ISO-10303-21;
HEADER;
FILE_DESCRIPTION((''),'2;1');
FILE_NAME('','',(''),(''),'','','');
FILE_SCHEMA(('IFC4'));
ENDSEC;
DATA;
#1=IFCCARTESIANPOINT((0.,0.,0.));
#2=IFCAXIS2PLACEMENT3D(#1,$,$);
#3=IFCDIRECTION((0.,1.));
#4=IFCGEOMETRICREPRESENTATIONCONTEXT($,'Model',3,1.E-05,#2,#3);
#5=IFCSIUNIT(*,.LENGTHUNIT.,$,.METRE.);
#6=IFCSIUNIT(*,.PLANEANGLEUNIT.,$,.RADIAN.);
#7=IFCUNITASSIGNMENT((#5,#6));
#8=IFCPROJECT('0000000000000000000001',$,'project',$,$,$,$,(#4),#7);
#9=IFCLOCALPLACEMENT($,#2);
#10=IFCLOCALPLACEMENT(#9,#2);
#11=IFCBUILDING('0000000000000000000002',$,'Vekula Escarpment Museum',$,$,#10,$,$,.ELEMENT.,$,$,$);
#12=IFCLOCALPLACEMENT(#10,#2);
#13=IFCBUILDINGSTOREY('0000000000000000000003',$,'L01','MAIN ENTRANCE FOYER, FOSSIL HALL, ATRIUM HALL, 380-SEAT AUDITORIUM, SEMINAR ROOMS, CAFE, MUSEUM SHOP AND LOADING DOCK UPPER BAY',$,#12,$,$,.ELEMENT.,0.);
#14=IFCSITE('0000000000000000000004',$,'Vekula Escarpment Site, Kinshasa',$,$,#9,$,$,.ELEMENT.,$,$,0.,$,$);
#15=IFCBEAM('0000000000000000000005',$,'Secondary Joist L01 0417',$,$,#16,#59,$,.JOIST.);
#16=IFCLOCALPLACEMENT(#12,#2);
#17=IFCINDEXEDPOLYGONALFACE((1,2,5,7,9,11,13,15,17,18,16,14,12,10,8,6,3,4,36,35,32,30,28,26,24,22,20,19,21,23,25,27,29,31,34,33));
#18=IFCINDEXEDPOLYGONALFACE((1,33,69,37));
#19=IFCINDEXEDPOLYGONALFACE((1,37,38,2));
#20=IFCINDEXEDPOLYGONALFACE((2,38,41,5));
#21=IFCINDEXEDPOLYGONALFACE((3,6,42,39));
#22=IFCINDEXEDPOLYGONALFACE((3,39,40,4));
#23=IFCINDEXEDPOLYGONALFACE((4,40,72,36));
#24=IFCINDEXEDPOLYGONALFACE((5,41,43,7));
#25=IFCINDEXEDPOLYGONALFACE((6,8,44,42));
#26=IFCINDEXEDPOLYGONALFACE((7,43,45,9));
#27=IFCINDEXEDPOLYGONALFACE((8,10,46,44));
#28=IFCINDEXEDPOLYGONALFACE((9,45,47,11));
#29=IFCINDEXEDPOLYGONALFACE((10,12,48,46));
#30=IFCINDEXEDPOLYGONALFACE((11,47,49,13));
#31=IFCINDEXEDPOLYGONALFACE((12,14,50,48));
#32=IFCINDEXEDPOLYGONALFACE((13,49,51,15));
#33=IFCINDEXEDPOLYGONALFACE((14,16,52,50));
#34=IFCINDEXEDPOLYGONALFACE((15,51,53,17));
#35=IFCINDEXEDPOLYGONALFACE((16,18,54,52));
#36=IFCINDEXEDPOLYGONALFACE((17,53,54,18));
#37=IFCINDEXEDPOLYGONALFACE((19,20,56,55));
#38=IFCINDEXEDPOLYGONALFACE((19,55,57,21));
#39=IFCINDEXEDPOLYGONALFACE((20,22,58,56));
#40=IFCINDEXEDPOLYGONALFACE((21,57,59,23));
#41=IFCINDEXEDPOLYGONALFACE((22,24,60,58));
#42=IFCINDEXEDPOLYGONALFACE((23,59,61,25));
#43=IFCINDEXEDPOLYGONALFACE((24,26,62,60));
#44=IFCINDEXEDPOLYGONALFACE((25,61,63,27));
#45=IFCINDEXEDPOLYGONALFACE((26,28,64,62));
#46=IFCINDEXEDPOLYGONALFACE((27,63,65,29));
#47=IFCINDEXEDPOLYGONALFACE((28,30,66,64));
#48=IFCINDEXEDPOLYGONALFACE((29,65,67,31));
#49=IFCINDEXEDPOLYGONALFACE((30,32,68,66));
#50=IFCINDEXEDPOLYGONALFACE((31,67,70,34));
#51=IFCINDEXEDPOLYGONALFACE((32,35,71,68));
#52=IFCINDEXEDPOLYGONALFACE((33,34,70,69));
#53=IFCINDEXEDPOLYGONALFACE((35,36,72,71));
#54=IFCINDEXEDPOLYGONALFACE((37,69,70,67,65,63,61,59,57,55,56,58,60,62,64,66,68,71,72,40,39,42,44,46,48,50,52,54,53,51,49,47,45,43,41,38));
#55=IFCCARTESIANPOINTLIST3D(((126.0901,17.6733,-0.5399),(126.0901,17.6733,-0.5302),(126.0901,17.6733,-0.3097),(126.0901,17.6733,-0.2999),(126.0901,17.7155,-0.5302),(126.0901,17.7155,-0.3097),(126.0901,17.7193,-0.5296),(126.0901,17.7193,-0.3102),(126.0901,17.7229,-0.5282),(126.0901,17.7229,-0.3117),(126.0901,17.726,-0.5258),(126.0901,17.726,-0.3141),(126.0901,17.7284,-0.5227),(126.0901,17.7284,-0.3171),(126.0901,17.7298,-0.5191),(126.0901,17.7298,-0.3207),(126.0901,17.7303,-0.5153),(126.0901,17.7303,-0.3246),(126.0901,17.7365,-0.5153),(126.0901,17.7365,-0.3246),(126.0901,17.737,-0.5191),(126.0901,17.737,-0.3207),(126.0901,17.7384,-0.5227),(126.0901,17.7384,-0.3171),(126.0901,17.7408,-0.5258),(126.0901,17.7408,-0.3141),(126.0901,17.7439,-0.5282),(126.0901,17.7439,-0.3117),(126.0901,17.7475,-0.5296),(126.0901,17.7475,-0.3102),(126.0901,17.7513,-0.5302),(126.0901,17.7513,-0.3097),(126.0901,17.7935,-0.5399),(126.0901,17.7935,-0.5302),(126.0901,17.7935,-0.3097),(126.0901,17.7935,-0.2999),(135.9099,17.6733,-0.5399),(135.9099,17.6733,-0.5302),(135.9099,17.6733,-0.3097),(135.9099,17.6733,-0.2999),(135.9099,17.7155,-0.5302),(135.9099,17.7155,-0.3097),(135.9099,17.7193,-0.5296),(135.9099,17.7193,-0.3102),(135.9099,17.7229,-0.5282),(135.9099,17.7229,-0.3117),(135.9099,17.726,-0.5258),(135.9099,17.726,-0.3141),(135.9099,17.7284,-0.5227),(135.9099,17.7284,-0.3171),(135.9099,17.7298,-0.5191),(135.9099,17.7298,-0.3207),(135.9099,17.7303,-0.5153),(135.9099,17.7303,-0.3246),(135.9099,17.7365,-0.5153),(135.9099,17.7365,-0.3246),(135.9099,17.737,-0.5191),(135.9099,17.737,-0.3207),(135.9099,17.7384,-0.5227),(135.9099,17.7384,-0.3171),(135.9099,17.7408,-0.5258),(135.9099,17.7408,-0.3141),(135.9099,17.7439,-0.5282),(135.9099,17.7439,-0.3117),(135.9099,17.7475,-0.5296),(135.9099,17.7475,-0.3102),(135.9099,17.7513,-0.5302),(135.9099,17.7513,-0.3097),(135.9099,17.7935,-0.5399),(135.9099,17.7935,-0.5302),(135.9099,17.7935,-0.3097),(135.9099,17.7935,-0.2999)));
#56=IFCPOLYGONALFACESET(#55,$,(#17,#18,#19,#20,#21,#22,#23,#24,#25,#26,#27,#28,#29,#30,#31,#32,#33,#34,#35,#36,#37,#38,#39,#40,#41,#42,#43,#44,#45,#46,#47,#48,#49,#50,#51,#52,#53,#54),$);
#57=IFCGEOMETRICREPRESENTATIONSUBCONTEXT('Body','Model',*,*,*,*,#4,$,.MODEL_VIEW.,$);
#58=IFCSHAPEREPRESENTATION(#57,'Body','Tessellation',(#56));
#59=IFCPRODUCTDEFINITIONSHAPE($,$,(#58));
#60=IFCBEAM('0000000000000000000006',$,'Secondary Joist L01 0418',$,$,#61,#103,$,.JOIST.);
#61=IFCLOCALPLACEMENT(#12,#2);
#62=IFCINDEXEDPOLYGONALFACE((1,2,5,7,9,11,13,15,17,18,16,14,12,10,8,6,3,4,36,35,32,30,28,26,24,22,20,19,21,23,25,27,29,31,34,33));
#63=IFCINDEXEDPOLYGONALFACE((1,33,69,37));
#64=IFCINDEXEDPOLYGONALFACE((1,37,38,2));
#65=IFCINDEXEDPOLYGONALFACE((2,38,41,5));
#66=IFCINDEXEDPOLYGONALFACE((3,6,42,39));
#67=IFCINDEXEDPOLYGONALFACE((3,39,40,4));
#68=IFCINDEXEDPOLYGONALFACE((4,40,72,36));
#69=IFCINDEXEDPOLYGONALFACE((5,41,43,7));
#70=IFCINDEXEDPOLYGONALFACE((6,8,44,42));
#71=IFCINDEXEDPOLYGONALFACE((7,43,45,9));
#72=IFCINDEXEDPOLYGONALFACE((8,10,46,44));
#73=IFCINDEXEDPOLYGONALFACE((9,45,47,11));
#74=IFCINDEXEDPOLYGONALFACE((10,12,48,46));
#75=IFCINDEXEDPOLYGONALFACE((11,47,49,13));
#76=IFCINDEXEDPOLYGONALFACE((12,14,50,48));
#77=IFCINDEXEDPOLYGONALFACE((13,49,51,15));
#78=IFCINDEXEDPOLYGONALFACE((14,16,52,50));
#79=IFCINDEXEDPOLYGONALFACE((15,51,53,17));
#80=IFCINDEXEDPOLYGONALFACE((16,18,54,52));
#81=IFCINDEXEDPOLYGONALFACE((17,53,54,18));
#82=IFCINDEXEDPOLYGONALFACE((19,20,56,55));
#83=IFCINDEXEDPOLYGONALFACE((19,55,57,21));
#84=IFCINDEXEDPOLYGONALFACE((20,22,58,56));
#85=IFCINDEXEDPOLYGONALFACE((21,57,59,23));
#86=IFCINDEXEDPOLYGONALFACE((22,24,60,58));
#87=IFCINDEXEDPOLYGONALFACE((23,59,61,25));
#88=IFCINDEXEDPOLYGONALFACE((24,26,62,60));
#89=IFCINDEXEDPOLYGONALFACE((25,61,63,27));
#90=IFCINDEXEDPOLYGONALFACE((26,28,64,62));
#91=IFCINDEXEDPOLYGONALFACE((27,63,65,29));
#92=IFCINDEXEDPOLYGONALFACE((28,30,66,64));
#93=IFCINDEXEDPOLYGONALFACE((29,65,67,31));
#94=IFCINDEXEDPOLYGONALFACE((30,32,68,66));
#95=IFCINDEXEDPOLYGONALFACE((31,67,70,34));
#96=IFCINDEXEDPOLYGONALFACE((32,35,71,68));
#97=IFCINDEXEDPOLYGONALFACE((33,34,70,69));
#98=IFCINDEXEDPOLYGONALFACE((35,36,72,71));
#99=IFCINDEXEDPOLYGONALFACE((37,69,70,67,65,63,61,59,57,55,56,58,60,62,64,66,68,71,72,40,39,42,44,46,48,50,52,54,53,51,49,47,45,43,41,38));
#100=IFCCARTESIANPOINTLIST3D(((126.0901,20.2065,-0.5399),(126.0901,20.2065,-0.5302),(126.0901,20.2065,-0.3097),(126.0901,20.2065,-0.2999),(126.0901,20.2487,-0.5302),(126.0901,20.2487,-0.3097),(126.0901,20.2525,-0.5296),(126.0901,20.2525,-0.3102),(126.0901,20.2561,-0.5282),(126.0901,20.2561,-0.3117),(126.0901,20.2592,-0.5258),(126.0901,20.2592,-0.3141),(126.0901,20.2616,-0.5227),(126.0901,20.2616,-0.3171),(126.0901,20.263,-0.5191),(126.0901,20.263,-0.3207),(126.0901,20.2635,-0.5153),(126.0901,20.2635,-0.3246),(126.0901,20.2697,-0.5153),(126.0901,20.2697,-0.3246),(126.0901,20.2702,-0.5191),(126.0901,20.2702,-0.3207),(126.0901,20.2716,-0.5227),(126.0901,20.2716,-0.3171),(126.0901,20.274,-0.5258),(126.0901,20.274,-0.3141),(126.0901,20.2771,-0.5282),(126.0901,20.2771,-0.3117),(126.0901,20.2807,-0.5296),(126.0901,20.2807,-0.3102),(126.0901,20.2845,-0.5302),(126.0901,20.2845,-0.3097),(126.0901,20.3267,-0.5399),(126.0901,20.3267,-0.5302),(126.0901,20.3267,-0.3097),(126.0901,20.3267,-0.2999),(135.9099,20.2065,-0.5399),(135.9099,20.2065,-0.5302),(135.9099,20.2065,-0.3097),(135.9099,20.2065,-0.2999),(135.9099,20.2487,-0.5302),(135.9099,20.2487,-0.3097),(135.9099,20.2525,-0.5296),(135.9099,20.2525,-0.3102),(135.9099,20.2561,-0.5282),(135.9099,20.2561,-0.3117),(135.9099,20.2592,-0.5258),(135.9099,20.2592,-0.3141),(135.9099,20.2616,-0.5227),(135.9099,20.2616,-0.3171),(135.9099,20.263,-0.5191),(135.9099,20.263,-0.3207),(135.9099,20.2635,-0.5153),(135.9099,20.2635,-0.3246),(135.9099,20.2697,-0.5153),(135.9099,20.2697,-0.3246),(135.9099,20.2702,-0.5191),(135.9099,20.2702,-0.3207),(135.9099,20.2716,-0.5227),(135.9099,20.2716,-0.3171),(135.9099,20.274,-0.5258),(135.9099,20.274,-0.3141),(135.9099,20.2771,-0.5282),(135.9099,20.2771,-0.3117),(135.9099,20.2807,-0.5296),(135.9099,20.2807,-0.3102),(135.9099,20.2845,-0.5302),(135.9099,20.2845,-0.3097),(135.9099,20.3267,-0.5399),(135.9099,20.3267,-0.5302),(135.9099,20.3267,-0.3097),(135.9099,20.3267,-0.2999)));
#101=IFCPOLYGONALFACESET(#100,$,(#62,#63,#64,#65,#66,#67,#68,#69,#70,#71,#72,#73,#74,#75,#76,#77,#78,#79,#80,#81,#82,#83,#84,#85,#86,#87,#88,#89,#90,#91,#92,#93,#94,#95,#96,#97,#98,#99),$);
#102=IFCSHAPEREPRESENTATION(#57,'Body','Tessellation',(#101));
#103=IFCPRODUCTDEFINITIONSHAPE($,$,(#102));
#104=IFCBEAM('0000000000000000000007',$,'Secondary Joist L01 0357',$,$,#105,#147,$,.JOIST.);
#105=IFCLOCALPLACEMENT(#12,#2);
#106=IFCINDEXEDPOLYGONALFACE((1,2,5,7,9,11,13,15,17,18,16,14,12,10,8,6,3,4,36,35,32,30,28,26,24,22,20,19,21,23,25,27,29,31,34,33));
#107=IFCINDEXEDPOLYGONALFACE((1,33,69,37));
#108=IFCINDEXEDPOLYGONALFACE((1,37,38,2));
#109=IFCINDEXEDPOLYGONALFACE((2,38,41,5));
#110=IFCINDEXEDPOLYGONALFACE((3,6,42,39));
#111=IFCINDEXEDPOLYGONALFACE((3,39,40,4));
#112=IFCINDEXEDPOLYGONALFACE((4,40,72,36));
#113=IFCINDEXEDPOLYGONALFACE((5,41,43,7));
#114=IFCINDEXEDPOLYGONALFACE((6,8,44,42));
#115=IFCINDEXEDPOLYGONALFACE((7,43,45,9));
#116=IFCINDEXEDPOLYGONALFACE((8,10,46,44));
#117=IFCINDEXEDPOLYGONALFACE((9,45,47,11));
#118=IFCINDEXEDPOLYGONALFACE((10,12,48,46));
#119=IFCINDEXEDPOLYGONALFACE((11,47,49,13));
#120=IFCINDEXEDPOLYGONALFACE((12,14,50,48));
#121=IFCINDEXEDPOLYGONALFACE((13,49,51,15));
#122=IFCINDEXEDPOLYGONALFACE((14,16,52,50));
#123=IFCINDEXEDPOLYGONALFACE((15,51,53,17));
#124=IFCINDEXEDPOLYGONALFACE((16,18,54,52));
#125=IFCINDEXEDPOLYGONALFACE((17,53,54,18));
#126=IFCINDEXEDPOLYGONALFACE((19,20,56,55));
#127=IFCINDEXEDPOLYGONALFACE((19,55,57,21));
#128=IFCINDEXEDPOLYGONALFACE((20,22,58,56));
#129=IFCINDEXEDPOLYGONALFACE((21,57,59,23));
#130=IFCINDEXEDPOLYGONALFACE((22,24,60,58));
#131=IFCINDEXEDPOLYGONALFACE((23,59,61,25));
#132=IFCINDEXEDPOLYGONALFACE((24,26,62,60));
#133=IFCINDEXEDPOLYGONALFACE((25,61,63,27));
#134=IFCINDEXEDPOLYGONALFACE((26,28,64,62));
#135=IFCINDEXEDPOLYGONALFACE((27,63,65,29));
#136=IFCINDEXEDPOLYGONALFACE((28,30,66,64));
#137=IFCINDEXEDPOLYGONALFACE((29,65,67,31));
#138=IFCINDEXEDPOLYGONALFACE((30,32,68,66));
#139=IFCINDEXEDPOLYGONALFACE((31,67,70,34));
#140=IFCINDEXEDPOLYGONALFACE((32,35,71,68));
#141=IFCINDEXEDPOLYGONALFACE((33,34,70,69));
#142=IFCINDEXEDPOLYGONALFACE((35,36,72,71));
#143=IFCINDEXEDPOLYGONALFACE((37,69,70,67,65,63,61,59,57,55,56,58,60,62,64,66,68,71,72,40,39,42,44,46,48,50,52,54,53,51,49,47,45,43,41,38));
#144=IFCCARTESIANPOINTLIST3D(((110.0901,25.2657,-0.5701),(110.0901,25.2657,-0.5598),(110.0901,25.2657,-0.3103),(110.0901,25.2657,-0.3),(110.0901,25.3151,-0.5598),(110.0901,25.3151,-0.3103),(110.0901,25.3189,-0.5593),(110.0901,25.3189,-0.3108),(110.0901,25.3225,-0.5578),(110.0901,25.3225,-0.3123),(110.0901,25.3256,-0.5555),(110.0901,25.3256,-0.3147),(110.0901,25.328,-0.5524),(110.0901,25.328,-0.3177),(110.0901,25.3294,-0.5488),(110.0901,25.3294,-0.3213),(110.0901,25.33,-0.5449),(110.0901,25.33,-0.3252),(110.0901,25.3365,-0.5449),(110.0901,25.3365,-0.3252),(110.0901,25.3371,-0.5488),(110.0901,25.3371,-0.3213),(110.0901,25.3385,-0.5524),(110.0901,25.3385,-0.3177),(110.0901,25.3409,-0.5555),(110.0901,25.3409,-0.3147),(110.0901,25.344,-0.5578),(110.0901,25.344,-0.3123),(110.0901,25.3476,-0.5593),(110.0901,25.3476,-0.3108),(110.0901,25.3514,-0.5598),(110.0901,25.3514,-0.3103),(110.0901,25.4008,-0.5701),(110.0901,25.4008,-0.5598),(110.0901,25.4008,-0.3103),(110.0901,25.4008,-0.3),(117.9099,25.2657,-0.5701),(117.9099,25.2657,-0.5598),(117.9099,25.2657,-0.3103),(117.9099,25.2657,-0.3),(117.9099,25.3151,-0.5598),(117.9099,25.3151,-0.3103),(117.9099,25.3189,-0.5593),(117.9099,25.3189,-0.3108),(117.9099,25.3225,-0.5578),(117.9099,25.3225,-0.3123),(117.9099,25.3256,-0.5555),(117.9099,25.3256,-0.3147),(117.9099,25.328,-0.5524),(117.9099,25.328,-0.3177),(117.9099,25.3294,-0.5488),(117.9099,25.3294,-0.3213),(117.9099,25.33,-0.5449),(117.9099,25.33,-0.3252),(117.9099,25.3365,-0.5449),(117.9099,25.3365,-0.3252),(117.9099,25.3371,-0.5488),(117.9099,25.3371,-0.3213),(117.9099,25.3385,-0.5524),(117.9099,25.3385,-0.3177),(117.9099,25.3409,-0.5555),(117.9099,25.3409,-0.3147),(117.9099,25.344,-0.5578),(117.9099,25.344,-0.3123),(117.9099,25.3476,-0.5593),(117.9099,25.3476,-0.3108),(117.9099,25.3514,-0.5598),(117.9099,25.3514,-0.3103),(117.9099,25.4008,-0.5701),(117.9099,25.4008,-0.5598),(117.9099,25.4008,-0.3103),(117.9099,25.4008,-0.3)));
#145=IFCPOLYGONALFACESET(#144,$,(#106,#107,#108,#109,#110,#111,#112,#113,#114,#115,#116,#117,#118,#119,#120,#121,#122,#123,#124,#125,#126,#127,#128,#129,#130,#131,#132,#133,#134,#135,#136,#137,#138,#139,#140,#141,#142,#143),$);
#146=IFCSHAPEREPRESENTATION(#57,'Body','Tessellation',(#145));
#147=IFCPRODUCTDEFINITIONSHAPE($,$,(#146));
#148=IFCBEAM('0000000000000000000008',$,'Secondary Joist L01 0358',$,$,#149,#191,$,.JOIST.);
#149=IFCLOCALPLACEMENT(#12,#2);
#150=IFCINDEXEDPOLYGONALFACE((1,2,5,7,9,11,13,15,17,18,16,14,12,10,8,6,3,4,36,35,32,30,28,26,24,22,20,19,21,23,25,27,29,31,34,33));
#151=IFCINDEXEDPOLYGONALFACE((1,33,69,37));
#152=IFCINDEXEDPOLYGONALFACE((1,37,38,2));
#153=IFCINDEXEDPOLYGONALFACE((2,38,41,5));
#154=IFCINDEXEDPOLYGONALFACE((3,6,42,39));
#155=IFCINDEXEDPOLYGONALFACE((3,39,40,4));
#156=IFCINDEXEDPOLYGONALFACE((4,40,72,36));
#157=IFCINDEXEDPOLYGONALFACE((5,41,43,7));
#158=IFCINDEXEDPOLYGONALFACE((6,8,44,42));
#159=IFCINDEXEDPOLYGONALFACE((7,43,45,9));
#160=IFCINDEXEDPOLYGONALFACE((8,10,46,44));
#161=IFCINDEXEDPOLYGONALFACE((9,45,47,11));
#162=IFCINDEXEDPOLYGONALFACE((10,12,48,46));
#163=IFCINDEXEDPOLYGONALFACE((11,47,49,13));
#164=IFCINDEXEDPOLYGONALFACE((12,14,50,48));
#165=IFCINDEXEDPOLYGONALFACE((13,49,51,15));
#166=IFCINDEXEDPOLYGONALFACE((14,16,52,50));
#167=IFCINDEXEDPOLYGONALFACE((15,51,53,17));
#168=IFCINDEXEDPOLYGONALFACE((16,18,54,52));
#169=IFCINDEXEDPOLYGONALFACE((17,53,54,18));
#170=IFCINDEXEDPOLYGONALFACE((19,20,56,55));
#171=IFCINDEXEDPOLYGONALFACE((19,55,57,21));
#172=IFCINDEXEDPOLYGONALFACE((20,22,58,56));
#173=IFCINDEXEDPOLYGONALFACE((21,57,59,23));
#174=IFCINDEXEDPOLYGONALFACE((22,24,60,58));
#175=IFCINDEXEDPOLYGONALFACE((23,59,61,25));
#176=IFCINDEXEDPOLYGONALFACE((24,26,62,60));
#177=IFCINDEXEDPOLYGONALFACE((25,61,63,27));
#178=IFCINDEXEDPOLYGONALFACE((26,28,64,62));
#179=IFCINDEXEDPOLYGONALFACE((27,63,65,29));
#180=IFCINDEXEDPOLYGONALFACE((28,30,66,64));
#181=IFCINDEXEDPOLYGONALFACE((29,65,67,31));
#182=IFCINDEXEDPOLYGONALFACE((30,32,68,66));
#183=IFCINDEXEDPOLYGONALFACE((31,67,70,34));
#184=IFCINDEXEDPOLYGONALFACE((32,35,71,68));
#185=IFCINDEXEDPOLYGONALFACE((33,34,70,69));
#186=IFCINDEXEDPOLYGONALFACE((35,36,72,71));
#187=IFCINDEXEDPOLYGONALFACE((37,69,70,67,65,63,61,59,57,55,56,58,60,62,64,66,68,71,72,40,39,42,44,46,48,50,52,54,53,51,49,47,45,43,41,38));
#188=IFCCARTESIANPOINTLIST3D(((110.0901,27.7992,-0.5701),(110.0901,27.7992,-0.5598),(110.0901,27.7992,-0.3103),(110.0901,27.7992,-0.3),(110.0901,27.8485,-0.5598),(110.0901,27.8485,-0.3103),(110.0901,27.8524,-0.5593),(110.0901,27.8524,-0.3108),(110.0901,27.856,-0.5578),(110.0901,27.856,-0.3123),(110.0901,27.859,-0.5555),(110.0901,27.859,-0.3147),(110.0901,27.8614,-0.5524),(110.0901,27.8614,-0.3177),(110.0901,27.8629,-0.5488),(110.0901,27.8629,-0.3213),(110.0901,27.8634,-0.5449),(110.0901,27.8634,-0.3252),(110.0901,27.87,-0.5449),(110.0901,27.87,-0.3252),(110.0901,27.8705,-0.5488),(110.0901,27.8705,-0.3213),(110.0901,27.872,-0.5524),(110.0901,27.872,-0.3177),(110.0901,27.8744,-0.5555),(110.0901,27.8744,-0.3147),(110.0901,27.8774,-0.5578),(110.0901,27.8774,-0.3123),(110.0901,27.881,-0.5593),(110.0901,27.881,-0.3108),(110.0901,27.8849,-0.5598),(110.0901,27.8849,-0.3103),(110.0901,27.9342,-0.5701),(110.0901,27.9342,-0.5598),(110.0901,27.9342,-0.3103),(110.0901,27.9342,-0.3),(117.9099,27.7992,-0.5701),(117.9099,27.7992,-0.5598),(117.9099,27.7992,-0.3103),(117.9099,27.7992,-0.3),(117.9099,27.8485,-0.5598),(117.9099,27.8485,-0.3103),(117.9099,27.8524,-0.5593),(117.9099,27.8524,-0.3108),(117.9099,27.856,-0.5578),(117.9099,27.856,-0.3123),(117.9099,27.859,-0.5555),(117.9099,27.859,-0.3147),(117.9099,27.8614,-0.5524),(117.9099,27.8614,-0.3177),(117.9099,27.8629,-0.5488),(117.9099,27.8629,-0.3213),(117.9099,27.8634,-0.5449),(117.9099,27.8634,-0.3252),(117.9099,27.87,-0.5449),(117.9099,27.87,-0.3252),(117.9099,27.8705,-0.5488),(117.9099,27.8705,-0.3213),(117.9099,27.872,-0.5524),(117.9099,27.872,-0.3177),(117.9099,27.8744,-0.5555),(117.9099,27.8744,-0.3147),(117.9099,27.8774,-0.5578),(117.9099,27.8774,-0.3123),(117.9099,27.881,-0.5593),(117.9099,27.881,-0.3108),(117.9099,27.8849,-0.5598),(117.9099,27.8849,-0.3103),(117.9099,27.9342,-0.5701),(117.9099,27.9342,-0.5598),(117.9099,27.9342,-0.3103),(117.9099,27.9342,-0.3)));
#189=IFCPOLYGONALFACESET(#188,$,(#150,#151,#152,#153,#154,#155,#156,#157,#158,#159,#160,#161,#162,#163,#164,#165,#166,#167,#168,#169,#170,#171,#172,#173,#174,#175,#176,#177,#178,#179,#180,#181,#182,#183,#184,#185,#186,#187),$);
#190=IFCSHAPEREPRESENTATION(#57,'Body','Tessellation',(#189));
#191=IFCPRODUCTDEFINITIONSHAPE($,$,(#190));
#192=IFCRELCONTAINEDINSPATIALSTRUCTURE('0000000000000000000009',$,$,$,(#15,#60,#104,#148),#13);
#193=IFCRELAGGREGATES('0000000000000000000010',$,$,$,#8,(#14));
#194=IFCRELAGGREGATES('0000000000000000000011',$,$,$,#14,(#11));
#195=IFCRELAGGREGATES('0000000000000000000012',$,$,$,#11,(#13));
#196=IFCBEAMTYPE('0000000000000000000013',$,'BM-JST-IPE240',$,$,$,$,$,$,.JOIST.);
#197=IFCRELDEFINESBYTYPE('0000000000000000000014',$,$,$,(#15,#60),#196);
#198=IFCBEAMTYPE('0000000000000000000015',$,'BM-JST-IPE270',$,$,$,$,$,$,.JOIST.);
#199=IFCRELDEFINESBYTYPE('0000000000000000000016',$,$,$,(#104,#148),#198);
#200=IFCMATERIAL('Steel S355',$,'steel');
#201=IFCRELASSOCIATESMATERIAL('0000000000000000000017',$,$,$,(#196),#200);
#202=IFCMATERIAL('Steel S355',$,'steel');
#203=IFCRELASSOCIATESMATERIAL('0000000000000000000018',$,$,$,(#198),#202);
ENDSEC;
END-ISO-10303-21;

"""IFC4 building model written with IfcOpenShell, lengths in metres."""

from ifc_helpers import new_model, si_unit, direction, frame, origin, origin_2d, place, context, subcontext, project, spatial, i_section, extrude, material, material_profile, profile_set, type_object, element, save


model = new_model("IFC4")

# Units and contexts
model_context = context("Model", 3, precision=1e-05, world=origin(), true_north=direction((0.0, 1.0)))
body_context = subcontext(model_context, "Body", "Model", "MODEL_VIEW")
ifc_project = project(units=[si_unit("LENGTHUNIT", "METRE"), si_unit("PLANEANGLEUNIT", "RADIAN")], contexts=[model_context])

# Site, building, storey
site_placement = place(None, origin())
site = spatial("IfcSite", under=ifc_project, at=site_placement, Name="Vekula Escarpment Site, Kinshasa", CompositionType="ELEMENT", RefElevation=0.0)
building_placement = place(site_placement, origin())
building = spatial("IfcBuilding", under=site, at=building_placement, Name="Vekula Escarpment Museum", CompositionType="ELEMENT")
storey_placement = place(building_placement, origin())
storey = spatial("IfcBuildingStorey", under=building, at=storey_placement, Name="L01", Description="MAIN ENTRANCE FOYER, FOSSIL HALL, ATRIUM HALL, 380-SEAT AUDITORIUM, SEMINAR ROOMS, CAFE, MUSEUM SHOP AND LOADING DOCK UPPER BAY", CompositionType="ELEMENT", Elevation=0.0)

# Beams
ifc_material_1 = material(Name="Steel S355", Category="steel")
ifc_material_profile_1 = material_profile(ifc_material_1, i_section(OverallWidth=0.1201, OverallDepth=0.24, WebThickness=0.0061, FlangeThickness=0.0098, FilletRadius=0.0149, at=origin_2d()), Name="IPE 240")
ifc_profile_set_1 = profile_set([ifc_material_profile_1], Name="Steel S355")
beam_type_1 = type_object("IfcBeamType", Name="BM-JST-IPE240", PredefinedType="JOIST", material=ifc_profile_set_1)
for number, where, z_axis, x_axis, name in (
    (1, (126.0901, 17.7334, -0.4199), (1.0, 0.0, 0.0), (0.0, 1.0, 0.0), "Secondary Joist L01 0417"),
    (2, (126.0901, 20.2666, -0.4199), (1.0, 0.0, 0.0), (0.0, 1.0, 0.0), "Secondary Joist L01 0418"),
):
    element("IfcBeam", number, at=place(storey_placement, frame(where, z_axis=z_axis, x_axis=x_axis)), inside=storey, type_object=beam_type_1, Name=name, PredefinedType="JOIST", context=body_context, shape_type="SweptSolid", body=[
        extrude(i_section(OverallWidth=0.1201, OverallDepth=0.24, WebThickness=0.0061, FlangeThickness=0.0098, FilletRadius=0.0149, at=origin_2d()), origin(), (0.0, 0.0, 1.0), 9.8198),
    ])
ifc_material_2 = material(Name="Steel S355", Category="steel")
ifc_material_profile_2 = material_profile(ifc_material_2, i_section(OverallWidth=0.135, OverallDepth=0.27, WebThickness=0.0066, FlangeThickness=0.0103, FilletRadius=0.0149, at=origin_2d()), Name="IPE 270")
ifc_profile_set_2 = profile_set([ifc_material_profile_2], Name="Steel S355")
beam_type_2 = type_object("IfcBeamType", Name="BM-JST-IPE270", PredefinedType="JOIST", material=ifc_profile_set_2)
for number, where, z_axis, x_axis, name in (
    (3, (110.0901, 25.3333, -0.4351), (1.0, 0.0, 0.0), (0.0, 1.0, 0.0), "Secondary Joist L01 0357"),
    (4, (110.0901, 27.8667, -0.4351), (1.0, 0.0, 0.0), (0.0, 1.0, 0.0), "Secondary Joist L01 0358"),
):
    element("IfcBeam", number, at=place(storey_placement, frame(where, z_axis=z_axis, x_axis=x_axis)), inside=storey, type_object=beam_type_2, Name=name, PredefinedType="JOIST", context=body_context, shape_type="SweptSolid", body=[
        extrude(i_section(OverallWidth=0.135, OverallDepth=0.27, WebThickness=0.0066, FlangeThickness=0.0103, FilletRadius=0.0149, at=origin_2d()), origin(), (0.0, 0.0, 1.0), 7.8198),
    ])

save(model, "model.ifc")
